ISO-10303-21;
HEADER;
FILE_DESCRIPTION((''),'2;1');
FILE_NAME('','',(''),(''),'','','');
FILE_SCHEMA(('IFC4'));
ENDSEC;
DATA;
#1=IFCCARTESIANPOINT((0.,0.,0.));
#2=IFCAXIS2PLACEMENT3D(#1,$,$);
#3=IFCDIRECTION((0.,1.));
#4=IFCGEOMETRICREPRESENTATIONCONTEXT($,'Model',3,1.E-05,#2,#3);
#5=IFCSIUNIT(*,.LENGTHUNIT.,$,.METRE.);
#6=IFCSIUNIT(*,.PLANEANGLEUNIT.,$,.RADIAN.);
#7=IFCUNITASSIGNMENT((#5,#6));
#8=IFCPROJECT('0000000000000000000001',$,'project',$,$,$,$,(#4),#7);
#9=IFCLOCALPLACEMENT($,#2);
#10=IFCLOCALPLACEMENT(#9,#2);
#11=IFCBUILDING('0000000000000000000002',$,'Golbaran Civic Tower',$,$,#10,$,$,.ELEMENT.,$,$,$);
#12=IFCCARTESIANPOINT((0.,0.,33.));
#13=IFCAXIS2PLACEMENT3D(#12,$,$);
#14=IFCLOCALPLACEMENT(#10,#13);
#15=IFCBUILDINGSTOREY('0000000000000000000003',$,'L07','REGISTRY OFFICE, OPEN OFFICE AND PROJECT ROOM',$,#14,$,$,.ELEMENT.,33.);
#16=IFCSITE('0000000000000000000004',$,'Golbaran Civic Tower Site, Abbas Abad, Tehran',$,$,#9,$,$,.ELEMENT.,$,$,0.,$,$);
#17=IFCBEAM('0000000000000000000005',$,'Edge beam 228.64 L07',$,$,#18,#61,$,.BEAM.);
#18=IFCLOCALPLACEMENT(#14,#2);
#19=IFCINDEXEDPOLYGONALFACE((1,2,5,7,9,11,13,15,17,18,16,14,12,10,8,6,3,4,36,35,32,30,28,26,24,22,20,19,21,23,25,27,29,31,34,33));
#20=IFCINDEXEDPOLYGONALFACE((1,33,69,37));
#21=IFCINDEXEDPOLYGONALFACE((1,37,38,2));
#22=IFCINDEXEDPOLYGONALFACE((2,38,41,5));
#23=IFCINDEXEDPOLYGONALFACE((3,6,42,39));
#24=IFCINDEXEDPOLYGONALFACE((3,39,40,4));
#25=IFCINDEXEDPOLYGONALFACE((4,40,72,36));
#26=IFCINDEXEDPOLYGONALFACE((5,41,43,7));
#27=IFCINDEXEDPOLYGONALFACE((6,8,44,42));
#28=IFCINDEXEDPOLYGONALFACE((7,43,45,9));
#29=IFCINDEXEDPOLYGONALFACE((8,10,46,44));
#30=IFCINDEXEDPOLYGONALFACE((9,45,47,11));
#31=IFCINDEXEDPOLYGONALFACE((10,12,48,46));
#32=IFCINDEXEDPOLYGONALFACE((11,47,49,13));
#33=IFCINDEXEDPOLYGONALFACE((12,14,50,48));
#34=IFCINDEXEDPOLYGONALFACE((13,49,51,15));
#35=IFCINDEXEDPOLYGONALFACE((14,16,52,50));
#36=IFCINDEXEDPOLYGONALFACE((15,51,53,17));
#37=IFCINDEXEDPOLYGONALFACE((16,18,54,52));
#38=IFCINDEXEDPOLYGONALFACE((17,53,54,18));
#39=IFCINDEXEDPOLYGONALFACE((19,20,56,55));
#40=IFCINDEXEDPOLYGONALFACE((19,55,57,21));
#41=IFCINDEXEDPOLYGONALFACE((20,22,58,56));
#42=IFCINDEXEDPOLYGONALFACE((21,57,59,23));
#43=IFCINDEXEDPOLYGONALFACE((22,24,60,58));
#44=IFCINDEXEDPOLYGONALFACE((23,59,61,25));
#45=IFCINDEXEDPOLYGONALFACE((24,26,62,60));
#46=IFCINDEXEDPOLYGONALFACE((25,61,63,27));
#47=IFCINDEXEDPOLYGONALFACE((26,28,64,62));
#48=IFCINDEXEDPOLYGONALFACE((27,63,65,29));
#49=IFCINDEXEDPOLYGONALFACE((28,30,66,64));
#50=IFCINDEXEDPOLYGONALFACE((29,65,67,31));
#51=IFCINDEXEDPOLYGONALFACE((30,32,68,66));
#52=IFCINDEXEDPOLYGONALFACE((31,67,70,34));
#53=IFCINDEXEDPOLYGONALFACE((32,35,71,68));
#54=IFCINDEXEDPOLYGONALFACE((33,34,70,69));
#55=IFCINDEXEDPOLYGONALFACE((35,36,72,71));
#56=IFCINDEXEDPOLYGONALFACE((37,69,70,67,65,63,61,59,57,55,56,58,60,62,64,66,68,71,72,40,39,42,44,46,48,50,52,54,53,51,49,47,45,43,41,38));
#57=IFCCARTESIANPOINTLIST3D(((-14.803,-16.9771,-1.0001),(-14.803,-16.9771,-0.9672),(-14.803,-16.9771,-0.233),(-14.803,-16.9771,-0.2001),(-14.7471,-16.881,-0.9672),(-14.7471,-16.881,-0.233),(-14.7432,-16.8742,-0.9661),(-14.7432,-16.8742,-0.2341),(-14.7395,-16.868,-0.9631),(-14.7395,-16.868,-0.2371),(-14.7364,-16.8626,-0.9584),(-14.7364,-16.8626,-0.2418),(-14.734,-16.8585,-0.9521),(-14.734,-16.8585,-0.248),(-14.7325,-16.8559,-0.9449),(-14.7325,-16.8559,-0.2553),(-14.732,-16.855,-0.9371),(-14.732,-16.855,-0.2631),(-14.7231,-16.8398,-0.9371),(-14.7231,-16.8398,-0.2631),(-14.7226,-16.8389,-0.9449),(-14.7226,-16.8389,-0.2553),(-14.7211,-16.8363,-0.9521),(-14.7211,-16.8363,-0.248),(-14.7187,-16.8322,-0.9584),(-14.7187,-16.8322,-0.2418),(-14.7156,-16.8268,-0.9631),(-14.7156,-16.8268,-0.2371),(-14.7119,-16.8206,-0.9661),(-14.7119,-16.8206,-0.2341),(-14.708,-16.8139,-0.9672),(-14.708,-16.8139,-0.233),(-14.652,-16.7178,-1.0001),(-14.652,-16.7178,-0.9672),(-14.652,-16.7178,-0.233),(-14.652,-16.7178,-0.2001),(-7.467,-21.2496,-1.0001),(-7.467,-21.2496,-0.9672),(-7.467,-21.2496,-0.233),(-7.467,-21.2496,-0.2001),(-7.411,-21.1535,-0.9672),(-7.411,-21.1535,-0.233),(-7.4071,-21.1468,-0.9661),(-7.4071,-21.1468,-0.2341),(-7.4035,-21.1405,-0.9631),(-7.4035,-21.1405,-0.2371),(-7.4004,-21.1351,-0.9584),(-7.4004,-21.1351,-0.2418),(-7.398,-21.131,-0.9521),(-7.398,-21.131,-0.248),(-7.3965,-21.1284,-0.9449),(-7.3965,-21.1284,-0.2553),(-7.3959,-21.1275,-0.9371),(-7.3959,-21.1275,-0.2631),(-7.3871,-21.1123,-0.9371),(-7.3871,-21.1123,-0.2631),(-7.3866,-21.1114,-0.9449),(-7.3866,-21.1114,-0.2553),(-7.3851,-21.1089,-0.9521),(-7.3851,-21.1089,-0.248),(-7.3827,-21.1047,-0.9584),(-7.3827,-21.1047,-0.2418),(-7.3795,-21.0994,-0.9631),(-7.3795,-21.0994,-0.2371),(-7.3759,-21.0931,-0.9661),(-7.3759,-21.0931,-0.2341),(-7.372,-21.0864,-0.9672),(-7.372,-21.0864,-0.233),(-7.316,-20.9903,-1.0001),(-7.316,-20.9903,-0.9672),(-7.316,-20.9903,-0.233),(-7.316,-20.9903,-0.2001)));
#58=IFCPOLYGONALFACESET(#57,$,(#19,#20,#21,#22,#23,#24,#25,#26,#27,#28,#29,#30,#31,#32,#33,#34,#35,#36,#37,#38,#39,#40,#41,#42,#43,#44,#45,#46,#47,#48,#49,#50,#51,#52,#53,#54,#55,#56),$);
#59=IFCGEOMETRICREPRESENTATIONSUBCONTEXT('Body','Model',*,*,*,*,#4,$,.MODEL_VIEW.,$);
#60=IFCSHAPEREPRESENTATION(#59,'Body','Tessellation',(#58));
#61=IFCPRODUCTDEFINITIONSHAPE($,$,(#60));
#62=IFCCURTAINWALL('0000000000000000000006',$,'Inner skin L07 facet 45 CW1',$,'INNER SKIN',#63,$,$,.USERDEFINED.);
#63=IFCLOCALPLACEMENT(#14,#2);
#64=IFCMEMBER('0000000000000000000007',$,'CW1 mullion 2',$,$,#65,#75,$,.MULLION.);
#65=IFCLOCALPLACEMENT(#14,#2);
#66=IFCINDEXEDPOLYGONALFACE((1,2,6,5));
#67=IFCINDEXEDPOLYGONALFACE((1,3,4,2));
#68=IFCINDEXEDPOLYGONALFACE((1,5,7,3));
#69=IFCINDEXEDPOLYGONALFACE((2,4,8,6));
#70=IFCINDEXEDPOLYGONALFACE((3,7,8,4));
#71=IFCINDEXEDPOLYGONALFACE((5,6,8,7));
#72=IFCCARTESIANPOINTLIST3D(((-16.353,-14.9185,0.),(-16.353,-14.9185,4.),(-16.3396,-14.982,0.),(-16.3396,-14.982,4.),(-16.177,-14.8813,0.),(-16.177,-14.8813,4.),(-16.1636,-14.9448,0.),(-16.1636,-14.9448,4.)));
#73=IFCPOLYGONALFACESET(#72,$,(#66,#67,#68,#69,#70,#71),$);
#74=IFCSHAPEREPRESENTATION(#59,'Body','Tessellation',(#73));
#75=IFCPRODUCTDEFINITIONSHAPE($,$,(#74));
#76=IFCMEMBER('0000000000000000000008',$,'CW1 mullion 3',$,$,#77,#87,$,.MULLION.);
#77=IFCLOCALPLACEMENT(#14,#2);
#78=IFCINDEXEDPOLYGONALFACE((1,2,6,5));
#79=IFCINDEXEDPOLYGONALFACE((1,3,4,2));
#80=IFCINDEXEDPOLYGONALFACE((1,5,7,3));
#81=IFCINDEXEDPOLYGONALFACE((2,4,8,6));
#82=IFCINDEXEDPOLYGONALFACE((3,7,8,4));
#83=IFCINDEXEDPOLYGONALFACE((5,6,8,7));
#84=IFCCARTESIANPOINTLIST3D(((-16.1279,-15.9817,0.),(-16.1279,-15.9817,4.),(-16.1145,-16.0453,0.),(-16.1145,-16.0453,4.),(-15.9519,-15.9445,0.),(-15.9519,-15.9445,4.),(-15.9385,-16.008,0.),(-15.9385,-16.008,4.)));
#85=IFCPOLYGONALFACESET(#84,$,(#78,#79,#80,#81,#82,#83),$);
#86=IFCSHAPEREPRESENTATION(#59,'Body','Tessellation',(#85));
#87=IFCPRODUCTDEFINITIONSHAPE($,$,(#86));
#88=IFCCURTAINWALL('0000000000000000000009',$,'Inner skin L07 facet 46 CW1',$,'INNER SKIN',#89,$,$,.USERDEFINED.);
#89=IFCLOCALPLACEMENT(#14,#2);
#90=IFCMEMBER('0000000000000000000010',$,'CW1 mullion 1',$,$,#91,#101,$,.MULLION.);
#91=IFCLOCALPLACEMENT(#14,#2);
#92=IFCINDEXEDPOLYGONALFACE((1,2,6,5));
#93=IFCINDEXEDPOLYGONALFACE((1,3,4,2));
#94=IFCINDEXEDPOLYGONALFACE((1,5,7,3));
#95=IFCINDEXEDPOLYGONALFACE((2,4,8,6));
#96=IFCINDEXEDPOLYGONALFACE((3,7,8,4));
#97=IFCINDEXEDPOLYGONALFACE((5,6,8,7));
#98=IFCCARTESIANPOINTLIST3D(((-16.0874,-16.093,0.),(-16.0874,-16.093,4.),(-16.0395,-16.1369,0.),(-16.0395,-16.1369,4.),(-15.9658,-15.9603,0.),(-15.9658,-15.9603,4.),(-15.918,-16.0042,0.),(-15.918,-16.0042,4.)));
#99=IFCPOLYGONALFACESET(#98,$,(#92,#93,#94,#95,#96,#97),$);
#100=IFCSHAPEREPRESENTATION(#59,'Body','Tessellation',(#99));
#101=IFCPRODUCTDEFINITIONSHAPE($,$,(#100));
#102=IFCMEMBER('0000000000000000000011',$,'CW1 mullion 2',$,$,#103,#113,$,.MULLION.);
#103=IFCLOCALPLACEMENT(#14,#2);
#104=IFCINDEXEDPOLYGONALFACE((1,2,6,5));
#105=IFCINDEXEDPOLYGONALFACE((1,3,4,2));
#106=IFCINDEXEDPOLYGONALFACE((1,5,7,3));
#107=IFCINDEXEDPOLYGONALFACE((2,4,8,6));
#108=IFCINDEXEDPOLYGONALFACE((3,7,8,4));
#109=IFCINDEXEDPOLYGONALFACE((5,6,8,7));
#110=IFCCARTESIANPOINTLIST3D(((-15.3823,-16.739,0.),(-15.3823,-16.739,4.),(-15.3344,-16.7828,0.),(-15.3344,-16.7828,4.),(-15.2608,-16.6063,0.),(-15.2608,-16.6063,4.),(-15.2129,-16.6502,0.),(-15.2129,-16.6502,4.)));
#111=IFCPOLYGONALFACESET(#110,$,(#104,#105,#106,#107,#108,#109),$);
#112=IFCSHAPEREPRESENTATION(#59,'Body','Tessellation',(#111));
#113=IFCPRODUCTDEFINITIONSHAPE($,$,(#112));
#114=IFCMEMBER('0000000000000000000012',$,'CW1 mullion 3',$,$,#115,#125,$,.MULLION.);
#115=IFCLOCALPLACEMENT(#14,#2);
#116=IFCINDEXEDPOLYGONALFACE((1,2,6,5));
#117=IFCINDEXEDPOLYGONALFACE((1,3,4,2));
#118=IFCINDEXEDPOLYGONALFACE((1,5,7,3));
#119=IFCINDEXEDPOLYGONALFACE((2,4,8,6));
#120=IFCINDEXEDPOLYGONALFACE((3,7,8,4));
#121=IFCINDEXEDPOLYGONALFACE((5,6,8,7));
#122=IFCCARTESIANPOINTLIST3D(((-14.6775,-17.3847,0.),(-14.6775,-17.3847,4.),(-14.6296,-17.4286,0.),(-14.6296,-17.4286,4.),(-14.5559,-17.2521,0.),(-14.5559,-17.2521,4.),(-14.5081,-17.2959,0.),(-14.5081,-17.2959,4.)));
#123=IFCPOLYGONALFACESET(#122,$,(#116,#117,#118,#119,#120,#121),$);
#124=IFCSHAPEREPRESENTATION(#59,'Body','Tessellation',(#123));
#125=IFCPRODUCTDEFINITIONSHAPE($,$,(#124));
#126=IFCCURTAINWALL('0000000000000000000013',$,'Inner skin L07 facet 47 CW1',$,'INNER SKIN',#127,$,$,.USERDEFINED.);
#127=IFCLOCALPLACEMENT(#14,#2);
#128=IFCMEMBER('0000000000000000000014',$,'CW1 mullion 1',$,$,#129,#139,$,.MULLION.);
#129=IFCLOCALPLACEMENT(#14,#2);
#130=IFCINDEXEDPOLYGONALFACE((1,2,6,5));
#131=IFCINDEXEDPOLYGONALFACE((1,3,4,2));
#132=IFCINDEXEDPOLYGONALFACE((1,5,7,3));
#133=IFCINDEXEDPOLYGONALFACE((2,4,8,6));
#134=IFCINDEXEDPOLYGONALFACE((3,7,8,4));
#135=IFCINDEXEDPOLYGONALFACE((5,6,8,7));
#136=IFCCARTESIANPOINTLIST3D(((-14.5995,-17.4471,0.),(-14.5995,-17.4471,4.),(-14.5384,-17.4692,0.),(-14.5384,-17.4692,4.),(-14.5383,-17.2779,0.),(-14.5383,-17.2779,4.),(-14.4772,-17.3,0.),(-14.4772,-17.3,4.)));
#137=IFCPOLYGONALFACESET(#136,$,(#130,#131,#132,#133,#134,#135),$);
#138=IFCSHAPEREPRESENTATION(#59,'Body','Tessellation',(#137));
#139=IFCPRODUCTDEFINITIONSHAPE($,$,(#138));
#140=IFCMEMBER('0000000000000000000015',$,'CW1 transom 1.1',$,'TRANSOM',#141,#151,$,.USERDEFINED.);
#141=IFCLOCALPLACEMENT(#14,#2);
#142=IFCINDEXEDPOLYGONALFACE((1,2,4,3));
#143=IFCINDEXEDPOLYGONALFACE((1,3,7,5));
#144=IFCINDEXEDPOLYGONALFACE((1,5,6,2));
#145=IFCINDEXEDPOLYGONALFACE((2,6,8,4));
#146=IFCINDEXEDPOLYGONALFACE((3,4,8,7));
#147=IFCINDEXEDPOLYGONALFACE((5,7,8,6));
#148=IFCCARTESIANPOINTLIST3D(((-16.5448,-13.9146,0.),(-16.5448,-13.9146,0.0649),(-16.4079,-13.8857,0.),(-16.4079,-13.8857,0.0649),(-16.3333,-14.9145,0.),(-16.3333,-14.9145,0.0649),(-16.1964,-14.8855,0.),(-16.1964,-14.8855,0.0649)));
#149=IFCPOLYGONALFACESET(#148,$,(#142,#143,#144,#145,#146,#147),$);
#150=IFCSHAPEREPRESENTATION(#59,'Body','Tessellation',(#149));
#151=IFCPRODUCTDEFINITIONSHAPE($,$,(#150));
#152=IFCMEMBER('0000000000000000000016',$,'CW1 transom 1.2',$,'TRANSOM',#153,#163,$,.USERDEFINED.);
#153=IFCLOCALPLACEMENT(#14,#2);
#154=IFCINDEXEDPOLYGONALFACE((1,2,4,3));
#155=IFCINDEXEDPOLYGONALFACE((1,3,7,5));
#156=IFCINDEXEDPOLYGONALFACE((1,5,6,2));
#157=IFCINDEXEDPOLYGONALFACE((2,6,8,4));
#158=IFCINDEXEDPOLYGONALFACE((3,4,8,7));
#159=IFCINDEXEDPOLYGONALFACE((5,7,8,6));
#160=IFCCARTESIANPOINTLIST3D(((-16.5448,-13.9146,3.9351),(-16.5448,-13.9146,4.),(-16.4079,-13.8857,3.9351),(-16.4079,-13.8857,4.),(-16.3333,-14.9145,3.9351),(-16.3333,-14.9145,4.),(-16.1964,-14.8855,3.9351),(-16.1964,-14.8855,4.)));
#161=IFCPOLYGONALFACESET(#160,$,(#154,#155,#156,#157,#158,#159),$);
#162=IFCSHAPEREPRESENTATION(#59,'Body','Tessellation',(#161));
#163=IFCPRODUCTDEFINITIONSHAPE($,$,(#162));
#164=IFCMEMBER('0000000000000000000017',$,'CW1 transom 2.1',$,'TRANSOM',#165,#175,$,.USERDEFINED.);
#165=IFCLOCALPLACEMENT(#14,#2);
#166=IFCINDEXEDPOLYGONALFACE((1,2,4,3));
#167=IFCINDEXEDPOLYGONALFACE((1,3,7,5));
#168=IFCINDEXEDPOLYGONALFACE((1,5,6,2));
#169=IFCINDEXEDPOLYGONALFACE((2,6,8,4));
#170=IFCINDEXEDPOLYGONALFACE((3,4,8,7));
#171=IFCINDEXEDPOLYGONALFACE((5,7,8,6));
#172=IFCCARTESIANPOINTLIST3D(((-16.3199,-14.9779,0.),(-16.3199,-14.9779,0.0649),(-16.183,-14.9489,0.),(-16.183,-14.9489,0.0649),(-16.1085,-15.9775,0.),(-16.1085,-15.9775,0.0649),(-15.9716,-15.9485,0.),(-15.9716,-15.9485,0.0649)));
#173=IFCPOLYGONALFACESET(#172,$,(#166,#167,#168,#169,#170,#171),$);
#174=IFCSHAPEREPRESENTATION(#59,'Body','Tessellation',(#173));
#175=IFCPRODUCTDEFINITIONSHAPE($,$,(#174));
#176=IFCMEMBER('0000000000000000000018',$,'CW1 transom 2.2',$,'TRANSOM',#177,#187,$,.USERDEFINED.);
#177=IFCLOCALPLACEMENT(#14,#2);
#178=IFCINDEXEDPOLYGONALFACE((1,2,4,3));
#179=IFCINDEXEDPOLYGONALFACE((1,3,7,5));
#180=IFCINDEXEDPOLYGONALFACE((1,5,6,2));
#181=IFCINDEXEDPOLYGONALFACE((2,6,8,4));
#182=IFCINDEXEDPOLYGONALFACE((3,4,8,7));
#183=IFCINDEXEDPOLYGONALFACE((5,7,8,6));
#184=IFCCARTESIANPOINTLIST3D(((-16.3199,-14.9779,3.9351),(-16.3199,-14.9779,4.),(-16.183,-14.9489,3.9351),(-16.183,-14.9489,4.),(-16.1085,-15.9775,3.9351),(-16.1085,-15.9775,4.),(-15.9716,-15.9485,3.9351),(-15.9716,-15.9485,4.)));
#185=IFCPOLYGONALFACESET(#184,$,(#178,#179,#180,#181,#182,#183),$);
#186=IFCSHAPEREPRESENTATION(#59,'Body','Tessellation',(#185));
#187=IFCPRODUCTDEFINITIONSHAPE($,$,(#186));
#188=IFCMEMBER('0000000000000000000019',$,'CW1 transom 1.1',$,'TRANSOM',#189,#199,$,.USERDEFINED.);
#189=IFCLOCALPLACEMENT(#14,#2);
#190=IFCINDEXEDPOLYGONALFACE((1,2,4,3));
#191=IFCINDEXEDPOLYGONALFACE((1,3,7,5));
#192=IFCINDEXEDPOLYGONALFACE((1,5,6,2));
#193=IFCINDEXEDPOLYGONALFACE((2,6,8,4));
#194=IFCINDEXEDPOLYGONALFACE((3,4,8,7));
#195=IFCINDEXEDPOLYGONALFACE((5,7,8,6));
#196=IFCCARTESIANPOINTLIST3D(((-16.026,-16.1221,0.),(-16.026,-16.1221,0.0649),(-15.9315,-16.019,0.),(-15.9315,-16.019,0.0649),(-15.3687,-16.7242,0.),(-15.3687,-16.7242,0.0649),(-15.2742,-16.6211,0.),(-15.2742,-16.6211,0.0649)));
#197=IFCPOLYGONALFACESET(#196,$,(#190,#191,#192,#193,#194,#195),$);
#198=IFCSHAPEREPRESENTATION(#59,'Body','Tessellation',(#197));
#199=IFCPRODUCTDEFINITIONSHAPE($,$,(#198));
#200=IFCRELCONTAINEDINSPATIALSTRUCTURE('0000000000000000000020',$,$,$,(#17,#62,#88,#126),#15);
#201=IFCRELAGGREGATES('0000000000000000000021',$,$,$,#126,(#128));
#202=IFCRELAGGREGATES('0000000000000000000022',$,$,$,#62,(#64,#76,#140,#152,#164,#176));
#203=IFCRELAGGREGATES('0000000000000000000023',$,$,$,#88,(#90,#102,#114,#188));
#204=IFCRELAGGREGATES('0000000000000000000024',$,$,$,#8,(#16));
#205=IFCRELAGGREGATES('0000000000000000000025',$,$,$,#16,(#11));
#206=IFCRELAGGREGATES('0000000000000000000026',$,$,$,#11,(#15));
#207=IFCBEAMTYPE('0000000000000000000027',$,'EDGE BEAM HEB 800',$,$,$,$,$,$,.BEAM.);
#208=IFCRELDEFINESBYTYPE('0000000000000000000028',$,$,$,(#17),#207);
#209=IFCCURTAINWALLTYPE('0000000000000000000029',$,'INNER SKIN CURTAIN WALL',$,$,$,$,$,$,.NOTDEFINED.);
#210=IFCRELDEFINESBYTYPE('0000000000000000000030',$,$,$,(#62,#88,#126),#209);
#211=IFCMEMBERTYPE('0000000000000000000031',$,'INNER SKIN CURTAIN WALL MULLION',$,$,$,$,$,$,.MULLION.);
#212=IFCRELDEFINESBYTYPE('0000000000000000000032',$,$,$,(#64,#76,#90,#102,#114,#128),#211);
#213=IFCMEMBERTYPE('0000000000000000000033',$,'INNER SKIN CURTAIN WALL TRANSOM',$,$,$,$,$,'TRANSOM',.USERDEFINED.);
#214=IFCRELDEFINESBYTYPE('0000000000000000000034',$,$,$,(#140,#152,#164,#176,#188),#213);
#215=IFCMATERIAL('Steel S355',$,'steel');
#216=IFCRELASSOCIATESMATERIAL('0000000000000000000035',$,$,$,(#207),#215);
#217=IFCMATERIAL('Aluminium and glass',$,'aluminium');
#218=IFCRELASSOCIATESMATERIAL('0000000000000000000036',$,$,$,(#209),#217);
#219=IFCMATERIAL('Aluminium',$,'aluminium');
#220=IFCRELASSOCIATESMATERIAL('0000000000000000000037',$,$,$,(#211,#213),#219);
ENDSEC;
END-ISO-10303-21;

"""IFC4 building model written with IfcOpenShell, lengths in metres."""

from ifc_helpers import new_model, si_unit, direction, frame, origin, origin_2d, place, context, subcontext, project, spatial, rectangle, i_section, extrude, material, material_profile, profile_set, type_object, element, aggregate, save


model = new_model("IFC4")

# Units and contexts
model_context = context("Model", 3, precision=1e-05, world=origin(), true_north=direction((0.0, 1.0)))
body_context = subcontext(model_context, "Body", "Model", "MODEL_VIEW")
ifc_project = project(units=[si_unit("LENGTHUNIT", "METRE"), si_unit("PLANEANGLEUNIT", "RADIAN")], contexts=[model_context])

# Site, building, storey
site_placement = place(None, origin())
site = spatial("IfcSite", under=ifc_project, at=site_placement, Name="Golbaran Civic Tower Site, Abbas Abad, Tehran", CompositionType="ELEMENT", RefElevation=0.0)
building_placement = place(site_placement, origin())
building = spatial("IfcBuilding", under=site, at=building_placement, Name="Golbaran Civic Tower", CompositionType="ELEMENT")
storey_placement = place(building_placement, frame((0.0, 0.0, 33.0)))
storey = spatial("IfcBuildingStorey", under=building, at=storey_placement, Name="L07", Description="REGISTRY OFFICE, OPEN OFFICE AND PROJECT ROOM", CompositionType="ELEMENT", Elevation=33.0)

# Beam
ifc_material_1 = material(Name="Steel S355", Category="steel")
ifc_material_profile_1 = material_profile(ifc_material_1, i_section(OverallWidth=0.3, OverallDepth=0.8, WebThickness=0.0176, FlangeThickness=0.033, FilletRadius=0.03, at=origin_2d()), Name="HEB 800")
ifc_profile_set_1 = profile_set([ifc_material_profile_1], Name="Steel S355")
beam_type = type_object("IfcBeamType", Name="EDGE BEAM HEB 800", PredefinedType="BEAM", material=ifc_profile_set_1)
beam_placement = place(storey_placement, frame((-14.7275, -16.8474, -0.6001), z_axis=(0.864129, -0.50327, 0.0), x_axis=(0.50327, 0.864129, 0.0)))
element("IfcBeam", 1, at=beam_placement, inside=storey, type_object=beam_type, Name="Edge beam 228.64 L07", PredefinedType="BEAM", context=body_context, shape_type="SweptSolid", body=[
    extrude(i_section(OverallWidth=0.3, OverallDepth=0.8, WebThickness=0.0176, FlangeThickness=0.033, FilletRadius=0.03, at=origin_2d()), origin(), (0.0, 0.0, 1.0), 8.4895),
])

# Curtain walls, members
ifc_material_2 = material(Name="Aluminium and glass", Category="aluminium")
curtain_wall_type = type_object("IfcCurtainWallType", Name="INNER SKIN CURTAIN WALL", PredefinedType="NOTDEFINED", material=ifc_material_2)
curtain_wall_1_placement = place(storey_placement, origin())
curtain_wall_1 = element("IfcCurtainWall", 2, at=curtain_wall_1_placement, inside=storey, type_object=curtain_wall_type, Name="Inner skin L07 facet 45 CW1", ObjectType="INNER SKIN", PredefinedType="USERDEFINED")
ifc_material_3 = material(Name="Aluminium", Category="aluminium")
ifc_material_profile_2 = material_profile(ifc_material_3, rectangle(XDim=0.1799, YDim=0.0649, at=origin_2d()), Name="INNER SKIN CURTAIN WALL MULLION")
ifc_profile_set_2 = profile_set([ifc_material_profile_2], Name="Aluminium")
member_type_1 = type_object("IfcMemberType", Name="INNER SKIN CURTAIN WALL MULLION", PredefinedType="MULLION", material=ifc_profile_set_2)
member_1_placement = place(storey_placement, frame((-16.2583, -14.9316, 0.0), z_axis=(0.0, 0.0, 1.0), x_axis=(0.978346, 0.206977, 0.0)))
member_1 = element("IfcMember", 3, at=member_1_placement, type_object=member_type_1, Name="CW1 mullion 2", PredefinedType="MULLION", context=body_context, shape_type="SweptSolid", body=[
    extrude(rectangle(XDim=0.1799, YDim=0.0649, at=origin_2d()), origin(), (0.0, 0.0, 1.0), 4.0),
])
member_2_placement = place(storey_placement, frame((-16.0332, -15.9949, 0.0), z_axis=(0.0, 0.0, 1.0), x_axis=(0.978346, 0.206977, 0.0)))
member_2 = element("IfcMember", 4, at=member_2_placement, type_object=member_type_1, Name="CW1 mullion 3", PredefinedType="MULLION", context=body_context, shape_type="SweptSolid", body=[
    extrude(rectangle(XDim=0.1799, YDim=0.0649, at=origin_2d()), origin(), (0.0, 0.0, 1.0), 4.0),
])
curtain_wall_2_placement = place(storey_placement, origin())
curtain_wall_2 = element("IfcCurtainWall", 5, at=curtain_wall_2_placement, inside=storey, type_object=curtain_wall_type, Name="Inner skin L07 facet 46 CW1", ObjectType="INNER SKIN", PredefinedType="USERDEFINED")
member_3_placement = place(storey_placement, frame((-16.0027, -16.0486, 0.0), z_axis=(0.0, 0.0, 1.0), x_axis=(0.67559, 0.737277, 0.0)))
member_3 = element("IfcMember", 6, at=member_3_placement, type_object=member_type_1, Name="CW1 mullion 1", PredefinedType="MULLION", context=body_context, shape_type="SweptSolid", body=[
    extrude(rectangle(XDim=0.1799, YDim=0.0649, at=origin_2d()), origin(), (0.0, 0.0, 1.0), 4.0),
])
member_4_placement = place(storey_placement, frame((-15.2976, -16.6946, 0.0), z_axis=(0.0, 0.0, 1.0), x_axis=(0.67559, 0.737277, 0.0)))
member_4 = element("IfcMember", 7, at=member_4_placement, type_object=member_type_1, Name="CW1 mullion 2", PredefinedType="MULLION", context=body_context, shape_type="SweptSolid", body=[
    extrude(rectangle(XDim=0.1799, YDim=0.0649, at=origin_2d()), origin(), (0.0, 0.0, 1.0), 4.0),
])
member_5_placement = place(storey_placement, frame((-14.5928, -17.3403, 0.0), z_axis=(0.0, 0.0, 1.0), x_axis=(0.67559, 0.737277, 0.0)))
member_5 = element("IfcMember", 8, at=member_5_placement, type_object=member_type_1, Name="CW1 mullion 3", PredefinedType="MULLION", context=body_context, shape_type="SweptSolid", body=[
    extrude(rectangle(XDim=0.1799, YDim=0.0649, at=origin_2d()), origin(), (0.0, 0.0, 1.0), 4.0),
])

# Curtain wall, member
curtain_wall_3_placement = place(storey_placement, origin())
curtain_wall_3 = element("IfcCurtainWall", 9, at=curtain_wall_3_placement, inside=storey, type_object=curtain_wall_type, Name="Inner skin L07 facet 47 CW1", ObjectType="INNER SKIN", PredefinedType="USERDEFINED")
member_6_placement = place(storey_placement, frame((-14.5383, -17.3735, 0.0), z_axis=(0.0, 0.0, 1.0), x_axis=(0.340045, 0.940409, 0.0)))
member_6 = element("IfcMember", 10, at=member_6_placement, type_object=member_type_1, Name="CW1 mullion 1", PredefinedType="MULLION", context=body_context, shape_type="SweptSolid", body=[
    extrude(rectangle(XDim=0.1799, YDim=0.0649, at=origin_2d()), origin(), (0.0, 0.0, 1.0), 4.0),
])

# Members
ifc_material_profile_3 = material_profile(ifc_material_3, rectangle(XDim=0.1399, YDim=0.0649, at=origin_2d()), Name="INNER SKIN CURTAIN WALL TRANSOM")
ifc_profile_set_3 = profile_set([ifc_material_profile_3], Name="Aluminium")
member_type_2 = type_object("IfcMemberType", Name="INNER SKIN CURTAIN WALL TRANSOM", ElementType="TRANSOM", PredefinedType="USERDEFINED", material=ifc_profile_set_3)
member_7_placement = place(storey_placement, frame((-16.4763, -13.9001, 0.0325), z_axis=(0.206901, -0.978362, 0.0), x_axis=(0.978362, 0.206901, 0.0)))
member_7 = element("IfcMember", 11, at=member_7_placement, type_object=member_type_2, Name="CW1 transom 1.1", ObjectType="TRANSOM", PredefinedType="USERDEFINED", context=body_context, shape_type="SweptSolid", body=[
    extrude(rectangle(XDim=0.1399, YDim=0.0649, at=origin_2d()), origin(), (0.0, 0.0, 1.0), 1.022),
])
member_8_placement = place(storey_placement, frame((-16.4763, -13.9001, 3.9675), z_axis=(0.206901, -0.978362, 0.0), x_axis=(0.978362, 0.206901, 0.0)))
member_8 = element("IfcMember", 12, at=member_8_placement, type_object=member_type_2, Name="CW1 transom 1.2", ObjectType="TRANSOM", PredefinedType="USERDEFINED", context=body_context, shape_type="SweptSolid", body=[
    extrude(rectangle(XDim=0.1399, YDim=0.0649, at=origin_2d()), origin(), (0.0, 0.0, 1.0), 1.022),
])
member_9_placement = place(storey_placement, frame((-16.2515, -14.9634, 0.0325), z_axis=(0.20695, -0.978352, 0.0), x_axis=(0.978352, 0.20695, 0.0)))
member_9 = element("IfcMember", 13, at=member_9_placement, type_object=member_type_2, Name="CW1 transom 2.1", ObjectType="TRANSOM", PredefinedType="USERDEFINED", context=body_context, shape_type="SweptSolid", body=[
    extrude(rectangle(XDim=0.1399, YDim=0.0649, at=origin_2d()), origin(), (0.0, 0.0, 1.0), 1.0217),
])
member_10_placement = place(storey_placement, frame((-16.2515, -14.9634, 3.9675), z_axis=(0.20695, -0.978352, 0.0), x_axis=(0.978352, 0.20695, 0.0)))
member_10 = element("IfcMember", 14, at=member_10_placement, type_object=member_type_2, Name="CW1 transom 2.2", ObjectType="TRANSOM", PredefinedType="USERDEFINED", context=body_context, shape_type="SweptSolid", body=[
    extrude(rectangle(XDim=0.1399, YDim=0.0649, at=origin_2d()), origin(), (0.0, 0.0, 1.0), 1.0217),
])
member_11_placement = place(storey_placement, frame((-15.9788, -16.0706, 0.0325), z_axis=(0.737382, -0.675477, 0.0), x_axis=(0.675477, 0.737382, 0.0)))
member_11 = element("IfcMember", 15, at=member_11_placement, type_object=member_type_2, Name="CW1 transom 1.1", ObjectType="TRANSOM", PredefinedType="USERDEFINED", context=body_context, shape_type="SweptSolid", body=[
    extrude(rectangle(XDim=0.1399, YDim=0.0649, at=origin_2d()), origin(), (0.0, 0.0, 1.0), 0.8914),
])

aggregate(curtain_wall_3, [member_6])
aggregate(curtain_wall_1, [member_1, member_2, member_7, member_8, member_9, member_10])
aggregate(curtain_wall_2, [member_3, member_4, member_5, member_11])

save(model, "model.ifc")
